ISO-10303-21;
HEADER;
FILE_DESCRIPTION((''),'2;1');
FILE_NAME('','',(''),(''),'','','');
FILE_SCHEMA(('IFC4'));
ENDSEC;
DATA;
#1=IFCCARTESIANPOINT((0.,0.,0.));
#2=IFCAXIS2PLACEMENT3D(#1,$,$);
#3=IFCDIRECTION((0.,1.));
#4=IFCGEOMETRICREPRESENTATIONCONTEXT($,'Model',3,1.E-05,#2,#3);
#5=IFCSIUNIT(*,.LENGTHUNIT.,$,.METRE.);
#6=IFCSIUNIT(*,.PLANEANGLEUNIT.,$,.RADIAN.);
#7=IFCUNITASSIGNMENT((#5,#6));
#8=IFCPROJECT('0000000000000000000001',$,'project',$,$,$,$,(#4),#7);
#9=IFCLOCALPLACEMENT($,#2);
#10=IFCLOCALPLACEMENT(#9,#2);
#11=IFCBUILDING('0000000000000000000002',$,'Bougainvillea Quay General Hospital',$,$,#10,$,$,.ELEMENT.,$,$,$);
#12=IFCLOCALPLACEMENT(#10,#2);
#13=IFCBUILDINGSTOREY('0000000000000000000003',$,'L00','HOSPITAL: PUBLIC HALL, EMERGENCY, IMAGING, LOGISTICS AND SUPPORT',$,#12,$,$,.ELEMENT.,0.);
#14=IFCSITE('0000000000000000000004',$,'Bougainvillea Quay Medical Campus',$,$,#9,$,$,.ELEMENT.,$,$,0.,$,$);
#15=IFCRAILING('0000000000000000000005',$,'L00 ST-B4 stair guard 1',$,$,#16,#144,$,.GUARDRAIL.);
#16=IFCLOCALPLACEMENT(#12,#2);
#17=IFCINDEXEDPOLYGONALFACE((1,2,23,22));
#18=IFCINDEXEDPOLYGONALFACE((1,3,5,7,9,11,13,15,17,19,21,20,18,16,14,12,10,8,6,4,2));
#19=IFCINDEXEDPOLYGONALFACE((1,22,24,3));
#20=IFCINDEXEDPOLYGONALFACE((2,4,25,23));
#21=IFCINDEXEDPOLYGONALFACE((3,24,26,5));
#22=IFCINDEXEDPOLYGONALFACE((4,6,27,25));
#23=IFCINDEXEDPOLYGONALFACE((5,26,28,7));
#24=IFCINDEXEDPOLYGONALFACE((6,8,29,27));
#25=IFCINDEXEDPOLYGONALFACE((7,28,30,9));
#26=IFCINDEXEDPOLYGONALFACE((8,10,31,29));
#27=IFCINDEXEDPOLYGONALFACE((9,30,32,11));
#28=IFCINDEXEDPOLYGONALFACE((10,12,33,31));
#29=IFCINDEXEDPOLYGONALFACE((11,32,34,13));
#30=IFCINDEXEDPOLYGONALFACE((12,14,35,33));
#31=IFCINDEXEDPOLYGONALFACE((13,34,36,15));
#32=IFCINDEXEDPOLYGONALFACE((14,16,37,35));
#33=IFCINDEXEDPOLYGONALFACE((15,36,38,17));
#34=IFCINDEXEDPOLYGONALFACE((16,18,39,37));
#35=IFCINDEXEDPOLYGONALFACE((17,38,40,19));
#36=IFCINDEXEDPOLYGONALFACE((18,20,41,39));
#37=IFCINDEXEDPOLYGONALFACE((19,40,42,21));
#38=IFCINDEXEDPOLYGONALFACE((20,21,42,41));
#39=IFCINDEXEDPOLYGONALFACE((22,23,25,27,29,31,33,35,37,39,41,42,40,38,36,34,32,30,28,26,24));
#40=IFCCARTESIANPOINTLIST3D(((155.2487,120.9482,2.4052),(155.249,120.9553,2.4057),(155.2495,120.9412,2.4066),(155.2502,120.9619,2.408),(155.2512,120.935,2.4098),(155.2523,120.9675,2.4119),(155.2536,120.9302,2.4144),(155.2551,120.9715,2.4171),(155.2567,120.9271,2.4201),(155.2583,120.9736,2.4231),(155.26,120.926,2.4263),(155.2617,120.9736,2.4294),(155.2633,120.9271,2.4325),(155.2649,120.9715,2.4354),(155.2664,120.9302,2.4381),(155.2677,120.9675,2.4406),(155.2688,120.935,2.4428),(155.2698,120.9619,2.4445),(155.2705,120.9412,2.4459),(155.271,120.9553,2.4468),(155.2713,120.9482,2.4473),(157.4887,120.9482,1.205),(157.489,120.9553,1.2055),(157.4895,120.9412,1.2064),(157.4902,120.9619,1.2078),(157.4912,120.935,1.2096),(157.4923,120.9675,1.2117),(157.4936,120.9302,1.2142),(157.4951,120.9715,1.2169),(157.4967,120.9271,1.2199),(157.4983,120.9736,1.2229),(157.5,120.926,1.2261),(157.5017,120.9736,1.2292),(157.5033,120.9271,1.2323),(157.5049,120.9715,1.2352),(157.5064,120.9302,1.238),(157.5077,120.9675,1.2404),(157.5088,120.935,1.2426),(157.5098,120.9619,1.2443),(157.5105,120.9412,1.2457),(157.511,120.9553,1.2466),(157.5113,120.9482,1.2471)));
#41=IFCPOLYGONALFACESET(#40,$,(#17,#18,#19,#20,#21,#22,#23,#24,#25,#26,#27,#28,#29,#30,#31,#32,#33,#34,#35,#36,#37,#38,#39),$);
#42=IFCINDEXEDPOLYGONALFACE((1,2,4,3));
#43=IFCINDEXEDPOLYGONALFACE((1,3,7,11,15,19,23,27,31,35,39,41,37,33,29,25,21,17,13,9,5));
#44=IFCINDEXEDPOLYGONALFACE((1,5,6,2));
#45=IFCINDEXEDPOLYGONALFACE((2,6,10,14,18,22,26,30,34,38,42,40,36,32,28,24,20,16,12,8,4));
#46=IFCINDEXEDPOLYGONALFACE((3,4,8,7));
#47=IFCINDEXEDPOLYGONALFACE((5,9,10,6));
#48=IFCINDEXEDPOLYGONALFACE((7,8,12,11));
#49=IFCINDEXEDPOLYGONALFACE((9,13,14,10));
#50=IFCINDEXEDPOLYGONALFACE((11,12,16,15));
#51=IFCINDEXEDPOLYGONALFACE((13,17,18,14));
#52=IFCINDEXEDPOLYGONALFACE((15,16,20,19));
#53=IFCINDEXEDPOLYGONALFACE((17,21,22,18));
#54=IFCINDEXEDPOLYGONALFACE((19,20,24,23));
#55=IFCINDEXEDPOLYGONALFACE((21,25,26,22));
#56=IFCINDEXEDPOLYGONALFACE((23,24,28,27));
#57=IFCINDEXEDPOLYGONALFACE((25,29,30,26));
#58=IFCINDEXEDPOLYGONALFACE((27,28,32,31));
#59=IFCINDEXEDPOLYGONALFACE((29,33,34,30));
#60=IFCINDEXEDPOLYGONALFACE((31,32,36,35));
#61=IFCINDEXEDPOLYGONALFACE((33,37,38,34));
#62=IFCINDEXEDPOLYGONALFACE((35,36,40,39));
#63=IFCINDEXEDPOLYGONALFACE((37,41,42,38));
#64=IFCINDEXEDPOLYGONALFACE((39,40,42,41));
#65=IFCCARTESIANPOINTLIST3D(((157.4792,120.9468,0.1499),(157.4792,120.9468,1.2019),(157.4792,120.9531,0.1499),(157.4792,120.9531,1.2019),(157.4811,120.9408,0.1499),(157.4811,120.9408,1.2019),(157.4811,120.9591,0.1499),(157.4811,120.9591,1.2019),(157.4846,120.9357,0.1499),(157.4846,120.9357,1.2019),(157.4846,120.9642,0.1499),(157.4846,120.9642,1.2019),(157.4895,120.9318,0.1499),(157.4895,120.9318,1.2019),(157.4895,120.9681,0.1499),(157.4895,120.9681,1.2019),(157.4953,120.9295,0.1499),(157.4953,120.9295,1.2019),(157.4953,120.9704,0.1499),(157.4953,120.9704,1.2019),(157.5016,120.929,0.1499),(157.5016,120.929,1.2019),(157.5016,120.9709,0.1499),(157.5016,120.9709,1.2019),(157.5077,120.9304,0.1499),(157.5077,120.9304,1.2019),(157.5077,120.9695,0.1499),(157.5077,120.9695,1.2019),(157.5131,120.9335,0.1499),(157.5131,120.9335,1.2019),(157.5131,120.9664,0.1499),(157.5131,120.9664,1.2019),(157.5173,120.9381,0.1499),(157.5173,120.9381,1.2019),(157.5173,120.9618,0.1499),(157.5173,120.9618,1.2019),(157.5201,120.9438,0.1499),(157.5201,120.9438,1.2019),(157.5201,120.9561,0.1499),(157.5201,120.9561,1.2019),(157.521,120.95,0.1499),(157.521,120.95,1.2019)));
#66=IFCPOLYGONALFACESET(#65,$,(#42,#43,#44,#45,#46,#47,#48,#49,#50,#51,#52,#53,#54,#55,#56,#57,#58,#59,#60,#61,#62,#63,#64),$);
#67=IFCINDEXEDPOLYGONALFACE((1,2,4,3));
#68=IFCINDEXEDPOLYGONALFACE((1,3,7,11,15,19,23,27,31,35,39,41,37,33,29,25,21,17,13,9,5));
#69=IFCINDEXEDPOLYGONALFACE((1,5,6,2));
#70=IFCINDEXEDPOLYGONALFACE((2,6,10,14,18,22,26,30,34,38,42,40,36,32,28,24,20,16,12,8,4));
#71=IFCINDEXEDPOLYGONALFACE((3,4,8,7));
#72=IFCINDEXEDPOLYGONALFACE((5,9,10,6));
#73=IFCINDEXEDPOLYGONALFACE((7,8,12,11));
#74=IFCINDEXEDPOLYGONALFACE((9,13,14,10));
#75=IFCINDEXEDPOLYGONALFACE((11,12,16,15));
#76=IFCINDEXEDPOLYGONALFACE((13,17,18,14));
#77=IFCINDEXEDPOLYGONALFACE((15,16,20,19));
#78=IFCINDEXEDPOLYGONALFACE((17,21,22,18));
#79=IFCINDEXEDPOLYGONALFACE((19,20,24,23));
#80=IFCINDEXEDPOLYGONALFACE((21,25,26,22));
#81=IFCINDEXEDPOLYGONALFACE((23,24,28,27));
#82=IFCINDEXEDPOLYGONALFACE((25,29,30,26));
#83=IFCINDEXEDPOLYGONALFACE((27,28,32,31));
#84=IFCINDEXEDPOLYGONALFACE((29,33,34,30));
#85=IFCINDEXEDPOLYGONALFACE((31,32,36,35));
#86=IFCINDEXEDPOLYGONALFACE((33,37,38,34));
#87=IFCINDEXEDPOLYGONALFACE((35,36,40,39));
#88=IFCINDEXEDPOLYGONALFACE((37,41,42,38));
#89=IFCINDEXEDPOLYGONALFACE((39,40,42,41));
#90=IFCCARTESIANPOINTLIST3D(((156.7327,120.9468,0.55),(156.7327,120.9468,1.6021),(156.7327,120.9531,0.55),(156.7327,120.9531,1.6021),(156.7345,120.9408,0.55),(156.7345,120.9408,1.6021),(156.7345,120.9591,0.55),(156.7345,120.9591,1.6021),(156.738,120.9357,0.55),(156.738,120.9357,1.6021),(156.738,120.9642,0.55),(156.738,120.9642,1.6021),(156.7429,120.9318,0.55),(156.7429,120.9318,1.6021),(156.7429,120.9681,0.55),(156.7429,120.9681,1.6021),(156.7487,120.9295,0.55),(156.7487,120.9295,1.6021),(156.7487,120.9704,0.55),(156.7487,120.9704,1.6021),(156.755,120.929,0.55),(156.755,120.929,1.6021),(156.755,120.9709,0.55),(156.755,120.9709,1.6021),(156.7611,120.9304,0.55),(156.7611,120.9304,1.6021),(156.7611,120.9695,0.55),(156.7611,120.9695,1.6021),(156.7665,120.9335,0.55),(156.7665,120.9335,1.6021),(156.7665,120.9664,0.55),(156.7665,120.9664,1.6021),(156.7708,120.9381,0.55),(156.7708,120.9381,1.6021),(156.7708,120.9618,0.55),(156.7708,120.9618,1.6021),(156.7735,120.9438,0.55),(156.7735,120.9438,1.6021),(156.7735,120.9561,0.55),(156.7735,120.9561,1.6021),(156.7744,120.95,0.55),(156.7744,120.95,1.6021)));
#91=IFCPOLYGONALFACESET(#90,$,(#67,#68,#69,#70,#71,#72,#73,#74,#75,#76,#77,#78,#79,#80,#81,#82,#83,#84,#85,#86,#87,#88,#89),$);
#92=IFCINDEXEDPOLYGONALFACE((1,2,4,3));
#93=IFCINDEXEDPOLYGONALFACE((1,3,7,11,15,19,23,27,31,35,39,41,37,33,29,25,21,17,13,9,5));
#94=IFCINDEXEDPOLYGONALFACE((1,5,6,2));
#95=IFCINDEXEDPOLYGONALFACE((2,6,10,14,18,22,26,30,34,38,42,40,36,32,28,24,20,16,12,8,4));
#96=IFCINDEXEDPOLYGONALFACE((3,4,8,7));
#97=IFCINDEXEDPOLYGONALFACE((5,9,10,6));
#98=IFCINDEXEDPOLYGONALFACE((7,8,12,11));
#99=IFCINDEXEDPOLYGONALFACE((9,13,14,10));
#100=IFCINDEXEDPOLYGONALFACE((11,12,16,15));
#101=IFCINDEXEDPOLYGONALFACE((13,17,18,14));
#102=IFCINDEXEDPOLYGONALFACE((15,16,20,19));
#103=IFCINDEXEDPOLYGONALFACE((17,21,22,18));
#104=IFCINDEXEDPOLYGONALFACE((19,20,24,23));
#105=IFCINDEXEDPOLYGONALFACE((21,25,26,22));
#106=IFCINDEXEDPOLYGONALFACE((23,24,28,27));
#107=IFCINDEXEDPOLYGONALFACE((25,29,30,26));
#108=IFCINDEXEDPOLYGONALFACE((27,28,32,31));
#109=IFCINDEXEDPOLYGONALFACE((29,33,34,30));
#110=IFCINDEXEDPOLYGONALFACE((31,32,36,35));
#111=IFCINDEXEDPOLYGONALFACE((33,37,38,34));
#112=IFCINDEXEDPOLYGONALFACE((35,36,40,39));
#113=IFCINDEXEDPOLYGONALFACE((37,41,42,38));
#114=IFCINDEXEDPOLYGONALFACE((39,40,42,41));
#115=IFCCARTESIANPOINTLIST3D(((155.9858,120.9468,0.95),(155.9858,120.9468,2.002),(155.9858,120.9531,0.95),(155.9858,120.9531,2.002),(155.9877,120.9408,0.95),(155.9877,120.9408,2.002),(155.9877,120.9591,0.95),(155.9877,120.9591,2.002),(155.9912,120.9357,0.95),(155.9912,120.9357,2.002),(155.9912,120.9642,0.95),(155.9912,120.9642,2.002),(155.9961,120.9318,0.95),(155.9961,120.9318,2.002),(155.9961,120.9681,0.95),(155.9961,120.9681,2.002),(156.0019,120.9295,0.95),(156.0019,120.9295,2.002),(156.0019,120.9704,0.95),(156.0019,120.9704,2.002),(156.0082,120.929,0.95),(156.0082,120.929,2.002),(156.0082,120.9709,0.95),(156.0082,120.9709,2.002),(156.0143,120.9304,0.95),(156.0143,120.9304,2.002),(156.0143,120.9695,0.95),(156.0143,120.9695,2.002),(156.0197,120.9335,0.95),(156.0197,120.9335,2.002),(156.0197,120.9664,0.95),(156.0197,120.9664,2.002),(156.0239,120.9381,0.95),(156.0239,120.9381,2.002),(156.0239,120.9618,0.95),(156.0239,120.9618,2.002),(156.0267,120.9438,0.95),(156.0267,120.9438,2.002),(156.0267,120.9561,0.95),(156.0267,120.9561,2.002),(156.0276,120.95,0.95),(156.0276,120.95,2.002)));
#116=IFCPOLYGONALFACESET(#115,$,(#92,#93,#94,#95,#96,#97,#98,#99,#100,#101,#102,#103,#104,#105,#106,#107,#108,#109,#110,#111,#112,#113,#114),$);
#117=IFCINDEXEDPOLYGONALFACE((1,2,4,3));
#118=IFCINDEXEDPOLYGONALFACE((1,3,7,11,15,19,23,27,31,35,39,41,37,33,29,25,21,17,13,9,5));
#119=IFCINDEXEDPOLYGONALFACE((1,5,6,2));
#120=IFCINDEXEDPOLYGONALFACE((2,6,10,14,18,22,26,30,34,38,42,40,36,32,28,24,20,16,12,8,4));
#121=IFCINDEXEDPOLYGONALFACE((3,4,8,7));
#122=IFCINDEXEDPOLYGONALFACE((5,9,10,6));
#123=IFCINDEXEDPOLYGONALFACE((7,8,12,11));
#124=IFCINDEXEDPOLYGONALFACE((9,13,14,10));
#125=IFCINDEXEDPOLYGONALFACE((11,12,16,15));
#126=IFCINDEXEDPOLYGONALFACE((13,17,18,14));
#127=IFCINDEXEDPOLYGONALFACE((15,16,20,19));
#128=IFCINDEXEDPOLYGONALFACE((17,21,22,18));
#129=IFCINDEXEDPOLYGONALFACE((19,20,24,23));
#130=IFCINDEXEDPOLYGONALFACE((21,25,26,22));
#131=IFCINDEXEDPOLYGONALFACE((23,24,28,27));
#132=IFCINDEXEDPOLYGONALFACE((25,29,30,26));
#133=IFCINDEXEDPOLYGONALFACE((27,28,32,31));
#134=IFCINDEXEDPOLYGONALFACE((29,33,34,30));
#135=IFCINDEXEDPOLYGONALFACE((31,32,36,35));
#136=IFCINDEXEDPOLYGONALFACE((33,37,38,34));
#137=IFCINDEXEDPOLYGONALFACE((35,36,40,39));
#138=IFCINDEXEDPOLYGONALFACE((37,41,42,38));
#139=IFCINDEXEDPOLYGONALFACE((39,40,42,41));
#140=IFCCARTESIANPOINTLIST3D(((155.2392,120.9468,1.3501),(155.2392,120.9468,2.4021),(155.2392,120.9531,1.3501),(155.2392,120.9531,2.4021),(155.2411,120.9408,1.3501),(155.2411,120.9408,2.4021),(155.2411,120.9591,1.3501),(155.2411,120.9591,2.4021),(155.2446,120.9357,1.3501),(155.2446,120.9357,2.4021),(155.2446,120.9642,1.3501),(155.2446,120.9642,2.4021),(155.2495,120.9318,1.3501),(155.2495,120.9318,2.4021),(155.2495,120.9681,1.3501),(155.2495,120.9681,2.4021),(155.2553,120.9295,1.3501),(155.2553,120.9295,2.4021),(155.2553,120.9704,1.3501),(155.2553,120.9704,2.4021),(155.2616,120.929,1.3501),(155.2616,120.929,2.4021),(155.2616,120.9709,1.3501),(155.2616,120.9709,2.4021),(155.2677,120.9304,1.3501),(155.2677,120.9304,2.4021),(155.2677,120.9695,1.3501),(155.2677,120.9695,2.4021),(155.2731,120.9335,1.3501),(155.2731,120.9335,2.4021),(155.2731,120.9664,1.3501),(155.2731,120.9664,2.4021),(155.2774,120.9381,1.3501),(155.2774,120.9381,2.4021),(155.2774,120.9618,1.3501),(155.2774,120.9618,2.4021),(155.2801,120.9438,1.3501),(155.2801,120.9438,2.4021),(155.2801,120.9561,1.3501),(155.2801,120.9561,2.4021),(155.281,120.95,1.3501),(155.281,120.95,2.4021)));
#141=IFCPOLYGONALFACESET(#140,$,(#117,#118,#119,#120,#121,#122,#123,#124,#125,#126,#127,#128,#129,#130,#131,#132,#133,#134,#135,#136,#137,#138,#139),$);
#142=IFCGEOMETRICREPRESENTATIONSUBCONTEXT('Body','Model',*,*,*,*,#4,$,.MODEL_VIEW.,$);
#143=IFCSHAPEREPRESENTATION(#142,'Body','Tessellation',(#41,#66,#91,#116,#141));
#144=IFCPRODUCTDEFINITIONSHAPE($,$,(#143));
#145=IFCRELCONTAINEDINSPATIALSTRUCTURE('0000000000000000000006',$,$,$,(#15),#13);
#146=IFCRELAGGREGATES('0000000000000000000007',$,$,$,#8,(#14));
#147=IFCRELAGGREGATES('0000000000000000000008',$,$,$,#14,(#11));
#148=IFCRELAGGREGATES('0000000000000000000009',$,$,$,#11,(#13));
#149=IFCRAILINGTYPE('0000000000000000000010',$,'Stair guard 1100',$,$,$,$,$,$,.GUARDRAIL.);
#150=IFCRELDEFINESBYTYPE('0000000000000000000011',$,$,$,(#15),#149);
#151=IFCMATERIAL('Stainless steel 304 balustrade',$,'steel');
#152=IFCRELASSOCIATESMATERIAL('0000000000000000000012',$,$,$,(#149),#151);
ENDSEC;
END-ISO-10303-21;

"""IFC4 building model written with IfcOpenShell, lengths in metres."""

from ifc_helpers import new_model, si_unit, direction, frame, origin, origin_2d, place, context, subcontext, project, spatial, circle, extrude, material, type_object, element, save


model = new_model("IFC4")

# Units and contexts
model_context = context("Model", 3, precision=1e-05, world=origin(), true_north=direction((0.0, 1.0)))
body_context = subcontext(model_context, "Body", "Model", "MODEL_VIEW")
ifc_project = project(units=[si_unit("LENGTHUNIT", "METRE"), si_unit("PLANEANGLEUNIT", "RADIAN")], contexts=[model_context])

# Site, building, storey
site_placement = place(None, origin())
site = spatial("IfcSite", under=ifc_project, at=site_placement, Name="Bougainvillea Quay Medical Campus", CompositionType="ELEMENT", RefElevation=0.0)
building_placement = place(site_placement, origin())
building = spatial("IfcBuilding", under=site, at=building_placement, Name="Bougainvillea Quay General Hospital", CompositionType="ELEMENT")
storey_placement = place(building_placement, origin())
storey = spatial("IfcBuildingStorey", under=building, at=storey_placement, Name="L00", Description="HOSPITAL: PUBLIC HALL, EMERGENCY, IMAGING, LOGISTICS AND SUPPORT", CompositionType="ELEMENT", Elevation=0.0)

# Railing
ifc_material_1 = material(Name="Stainless steel 304 balustrade", Category="steel")
railing_type_1 = type_object("IfcRailingType", Name="Stair guard 1100", PredefinedType="GUARDRAIL", material=ifc_material_1)
railing_1_placement = place(storey_placement, frame((157.5, 120.95, 0.1499)))
element("IfcRailing", 1, at=railing_1_placement, inside=storey, type_object=railing_type_1, Name="L00 ST-B4 stair guard 1", PredefinedType="GUARDRAIL", context=body_context, shape_type="SweptSolid", body=[
    extrude(circle(Radius=0.0239, at=origin_2d()), frame((0.0, 0.0, 1.0762), z_axis=(-0.881447, 0.0, 0.472283), x_axis=(0.0, -1.0, 0.0)), (0.0, 0.0, 1.0), 2.5413),
    extrude(circle(Radius=0.021, at=origin_2d()), origin(), (0.0, 0.0, 1.0), 1.052),
    extrude(circle(Radius=0.021, at=origin_2d()), frame((-0.7466, 0.0, 0.4001)), (0.0, 0.0, 1.0), 1.052),
    extrude(circle(Radius=0.021, at=origin_2d()), frame((-1.4934, 0.0, 0.8)), (0.0, 0.0, 1.0), 1.052),
    extrude(circle(Radius=0.021, at=origin_2d()), frame((-2.24, 0.0, 1.2002)), (0.0, 0.0, 1.0), 1.052),
])

save(model, "model.ifc")
